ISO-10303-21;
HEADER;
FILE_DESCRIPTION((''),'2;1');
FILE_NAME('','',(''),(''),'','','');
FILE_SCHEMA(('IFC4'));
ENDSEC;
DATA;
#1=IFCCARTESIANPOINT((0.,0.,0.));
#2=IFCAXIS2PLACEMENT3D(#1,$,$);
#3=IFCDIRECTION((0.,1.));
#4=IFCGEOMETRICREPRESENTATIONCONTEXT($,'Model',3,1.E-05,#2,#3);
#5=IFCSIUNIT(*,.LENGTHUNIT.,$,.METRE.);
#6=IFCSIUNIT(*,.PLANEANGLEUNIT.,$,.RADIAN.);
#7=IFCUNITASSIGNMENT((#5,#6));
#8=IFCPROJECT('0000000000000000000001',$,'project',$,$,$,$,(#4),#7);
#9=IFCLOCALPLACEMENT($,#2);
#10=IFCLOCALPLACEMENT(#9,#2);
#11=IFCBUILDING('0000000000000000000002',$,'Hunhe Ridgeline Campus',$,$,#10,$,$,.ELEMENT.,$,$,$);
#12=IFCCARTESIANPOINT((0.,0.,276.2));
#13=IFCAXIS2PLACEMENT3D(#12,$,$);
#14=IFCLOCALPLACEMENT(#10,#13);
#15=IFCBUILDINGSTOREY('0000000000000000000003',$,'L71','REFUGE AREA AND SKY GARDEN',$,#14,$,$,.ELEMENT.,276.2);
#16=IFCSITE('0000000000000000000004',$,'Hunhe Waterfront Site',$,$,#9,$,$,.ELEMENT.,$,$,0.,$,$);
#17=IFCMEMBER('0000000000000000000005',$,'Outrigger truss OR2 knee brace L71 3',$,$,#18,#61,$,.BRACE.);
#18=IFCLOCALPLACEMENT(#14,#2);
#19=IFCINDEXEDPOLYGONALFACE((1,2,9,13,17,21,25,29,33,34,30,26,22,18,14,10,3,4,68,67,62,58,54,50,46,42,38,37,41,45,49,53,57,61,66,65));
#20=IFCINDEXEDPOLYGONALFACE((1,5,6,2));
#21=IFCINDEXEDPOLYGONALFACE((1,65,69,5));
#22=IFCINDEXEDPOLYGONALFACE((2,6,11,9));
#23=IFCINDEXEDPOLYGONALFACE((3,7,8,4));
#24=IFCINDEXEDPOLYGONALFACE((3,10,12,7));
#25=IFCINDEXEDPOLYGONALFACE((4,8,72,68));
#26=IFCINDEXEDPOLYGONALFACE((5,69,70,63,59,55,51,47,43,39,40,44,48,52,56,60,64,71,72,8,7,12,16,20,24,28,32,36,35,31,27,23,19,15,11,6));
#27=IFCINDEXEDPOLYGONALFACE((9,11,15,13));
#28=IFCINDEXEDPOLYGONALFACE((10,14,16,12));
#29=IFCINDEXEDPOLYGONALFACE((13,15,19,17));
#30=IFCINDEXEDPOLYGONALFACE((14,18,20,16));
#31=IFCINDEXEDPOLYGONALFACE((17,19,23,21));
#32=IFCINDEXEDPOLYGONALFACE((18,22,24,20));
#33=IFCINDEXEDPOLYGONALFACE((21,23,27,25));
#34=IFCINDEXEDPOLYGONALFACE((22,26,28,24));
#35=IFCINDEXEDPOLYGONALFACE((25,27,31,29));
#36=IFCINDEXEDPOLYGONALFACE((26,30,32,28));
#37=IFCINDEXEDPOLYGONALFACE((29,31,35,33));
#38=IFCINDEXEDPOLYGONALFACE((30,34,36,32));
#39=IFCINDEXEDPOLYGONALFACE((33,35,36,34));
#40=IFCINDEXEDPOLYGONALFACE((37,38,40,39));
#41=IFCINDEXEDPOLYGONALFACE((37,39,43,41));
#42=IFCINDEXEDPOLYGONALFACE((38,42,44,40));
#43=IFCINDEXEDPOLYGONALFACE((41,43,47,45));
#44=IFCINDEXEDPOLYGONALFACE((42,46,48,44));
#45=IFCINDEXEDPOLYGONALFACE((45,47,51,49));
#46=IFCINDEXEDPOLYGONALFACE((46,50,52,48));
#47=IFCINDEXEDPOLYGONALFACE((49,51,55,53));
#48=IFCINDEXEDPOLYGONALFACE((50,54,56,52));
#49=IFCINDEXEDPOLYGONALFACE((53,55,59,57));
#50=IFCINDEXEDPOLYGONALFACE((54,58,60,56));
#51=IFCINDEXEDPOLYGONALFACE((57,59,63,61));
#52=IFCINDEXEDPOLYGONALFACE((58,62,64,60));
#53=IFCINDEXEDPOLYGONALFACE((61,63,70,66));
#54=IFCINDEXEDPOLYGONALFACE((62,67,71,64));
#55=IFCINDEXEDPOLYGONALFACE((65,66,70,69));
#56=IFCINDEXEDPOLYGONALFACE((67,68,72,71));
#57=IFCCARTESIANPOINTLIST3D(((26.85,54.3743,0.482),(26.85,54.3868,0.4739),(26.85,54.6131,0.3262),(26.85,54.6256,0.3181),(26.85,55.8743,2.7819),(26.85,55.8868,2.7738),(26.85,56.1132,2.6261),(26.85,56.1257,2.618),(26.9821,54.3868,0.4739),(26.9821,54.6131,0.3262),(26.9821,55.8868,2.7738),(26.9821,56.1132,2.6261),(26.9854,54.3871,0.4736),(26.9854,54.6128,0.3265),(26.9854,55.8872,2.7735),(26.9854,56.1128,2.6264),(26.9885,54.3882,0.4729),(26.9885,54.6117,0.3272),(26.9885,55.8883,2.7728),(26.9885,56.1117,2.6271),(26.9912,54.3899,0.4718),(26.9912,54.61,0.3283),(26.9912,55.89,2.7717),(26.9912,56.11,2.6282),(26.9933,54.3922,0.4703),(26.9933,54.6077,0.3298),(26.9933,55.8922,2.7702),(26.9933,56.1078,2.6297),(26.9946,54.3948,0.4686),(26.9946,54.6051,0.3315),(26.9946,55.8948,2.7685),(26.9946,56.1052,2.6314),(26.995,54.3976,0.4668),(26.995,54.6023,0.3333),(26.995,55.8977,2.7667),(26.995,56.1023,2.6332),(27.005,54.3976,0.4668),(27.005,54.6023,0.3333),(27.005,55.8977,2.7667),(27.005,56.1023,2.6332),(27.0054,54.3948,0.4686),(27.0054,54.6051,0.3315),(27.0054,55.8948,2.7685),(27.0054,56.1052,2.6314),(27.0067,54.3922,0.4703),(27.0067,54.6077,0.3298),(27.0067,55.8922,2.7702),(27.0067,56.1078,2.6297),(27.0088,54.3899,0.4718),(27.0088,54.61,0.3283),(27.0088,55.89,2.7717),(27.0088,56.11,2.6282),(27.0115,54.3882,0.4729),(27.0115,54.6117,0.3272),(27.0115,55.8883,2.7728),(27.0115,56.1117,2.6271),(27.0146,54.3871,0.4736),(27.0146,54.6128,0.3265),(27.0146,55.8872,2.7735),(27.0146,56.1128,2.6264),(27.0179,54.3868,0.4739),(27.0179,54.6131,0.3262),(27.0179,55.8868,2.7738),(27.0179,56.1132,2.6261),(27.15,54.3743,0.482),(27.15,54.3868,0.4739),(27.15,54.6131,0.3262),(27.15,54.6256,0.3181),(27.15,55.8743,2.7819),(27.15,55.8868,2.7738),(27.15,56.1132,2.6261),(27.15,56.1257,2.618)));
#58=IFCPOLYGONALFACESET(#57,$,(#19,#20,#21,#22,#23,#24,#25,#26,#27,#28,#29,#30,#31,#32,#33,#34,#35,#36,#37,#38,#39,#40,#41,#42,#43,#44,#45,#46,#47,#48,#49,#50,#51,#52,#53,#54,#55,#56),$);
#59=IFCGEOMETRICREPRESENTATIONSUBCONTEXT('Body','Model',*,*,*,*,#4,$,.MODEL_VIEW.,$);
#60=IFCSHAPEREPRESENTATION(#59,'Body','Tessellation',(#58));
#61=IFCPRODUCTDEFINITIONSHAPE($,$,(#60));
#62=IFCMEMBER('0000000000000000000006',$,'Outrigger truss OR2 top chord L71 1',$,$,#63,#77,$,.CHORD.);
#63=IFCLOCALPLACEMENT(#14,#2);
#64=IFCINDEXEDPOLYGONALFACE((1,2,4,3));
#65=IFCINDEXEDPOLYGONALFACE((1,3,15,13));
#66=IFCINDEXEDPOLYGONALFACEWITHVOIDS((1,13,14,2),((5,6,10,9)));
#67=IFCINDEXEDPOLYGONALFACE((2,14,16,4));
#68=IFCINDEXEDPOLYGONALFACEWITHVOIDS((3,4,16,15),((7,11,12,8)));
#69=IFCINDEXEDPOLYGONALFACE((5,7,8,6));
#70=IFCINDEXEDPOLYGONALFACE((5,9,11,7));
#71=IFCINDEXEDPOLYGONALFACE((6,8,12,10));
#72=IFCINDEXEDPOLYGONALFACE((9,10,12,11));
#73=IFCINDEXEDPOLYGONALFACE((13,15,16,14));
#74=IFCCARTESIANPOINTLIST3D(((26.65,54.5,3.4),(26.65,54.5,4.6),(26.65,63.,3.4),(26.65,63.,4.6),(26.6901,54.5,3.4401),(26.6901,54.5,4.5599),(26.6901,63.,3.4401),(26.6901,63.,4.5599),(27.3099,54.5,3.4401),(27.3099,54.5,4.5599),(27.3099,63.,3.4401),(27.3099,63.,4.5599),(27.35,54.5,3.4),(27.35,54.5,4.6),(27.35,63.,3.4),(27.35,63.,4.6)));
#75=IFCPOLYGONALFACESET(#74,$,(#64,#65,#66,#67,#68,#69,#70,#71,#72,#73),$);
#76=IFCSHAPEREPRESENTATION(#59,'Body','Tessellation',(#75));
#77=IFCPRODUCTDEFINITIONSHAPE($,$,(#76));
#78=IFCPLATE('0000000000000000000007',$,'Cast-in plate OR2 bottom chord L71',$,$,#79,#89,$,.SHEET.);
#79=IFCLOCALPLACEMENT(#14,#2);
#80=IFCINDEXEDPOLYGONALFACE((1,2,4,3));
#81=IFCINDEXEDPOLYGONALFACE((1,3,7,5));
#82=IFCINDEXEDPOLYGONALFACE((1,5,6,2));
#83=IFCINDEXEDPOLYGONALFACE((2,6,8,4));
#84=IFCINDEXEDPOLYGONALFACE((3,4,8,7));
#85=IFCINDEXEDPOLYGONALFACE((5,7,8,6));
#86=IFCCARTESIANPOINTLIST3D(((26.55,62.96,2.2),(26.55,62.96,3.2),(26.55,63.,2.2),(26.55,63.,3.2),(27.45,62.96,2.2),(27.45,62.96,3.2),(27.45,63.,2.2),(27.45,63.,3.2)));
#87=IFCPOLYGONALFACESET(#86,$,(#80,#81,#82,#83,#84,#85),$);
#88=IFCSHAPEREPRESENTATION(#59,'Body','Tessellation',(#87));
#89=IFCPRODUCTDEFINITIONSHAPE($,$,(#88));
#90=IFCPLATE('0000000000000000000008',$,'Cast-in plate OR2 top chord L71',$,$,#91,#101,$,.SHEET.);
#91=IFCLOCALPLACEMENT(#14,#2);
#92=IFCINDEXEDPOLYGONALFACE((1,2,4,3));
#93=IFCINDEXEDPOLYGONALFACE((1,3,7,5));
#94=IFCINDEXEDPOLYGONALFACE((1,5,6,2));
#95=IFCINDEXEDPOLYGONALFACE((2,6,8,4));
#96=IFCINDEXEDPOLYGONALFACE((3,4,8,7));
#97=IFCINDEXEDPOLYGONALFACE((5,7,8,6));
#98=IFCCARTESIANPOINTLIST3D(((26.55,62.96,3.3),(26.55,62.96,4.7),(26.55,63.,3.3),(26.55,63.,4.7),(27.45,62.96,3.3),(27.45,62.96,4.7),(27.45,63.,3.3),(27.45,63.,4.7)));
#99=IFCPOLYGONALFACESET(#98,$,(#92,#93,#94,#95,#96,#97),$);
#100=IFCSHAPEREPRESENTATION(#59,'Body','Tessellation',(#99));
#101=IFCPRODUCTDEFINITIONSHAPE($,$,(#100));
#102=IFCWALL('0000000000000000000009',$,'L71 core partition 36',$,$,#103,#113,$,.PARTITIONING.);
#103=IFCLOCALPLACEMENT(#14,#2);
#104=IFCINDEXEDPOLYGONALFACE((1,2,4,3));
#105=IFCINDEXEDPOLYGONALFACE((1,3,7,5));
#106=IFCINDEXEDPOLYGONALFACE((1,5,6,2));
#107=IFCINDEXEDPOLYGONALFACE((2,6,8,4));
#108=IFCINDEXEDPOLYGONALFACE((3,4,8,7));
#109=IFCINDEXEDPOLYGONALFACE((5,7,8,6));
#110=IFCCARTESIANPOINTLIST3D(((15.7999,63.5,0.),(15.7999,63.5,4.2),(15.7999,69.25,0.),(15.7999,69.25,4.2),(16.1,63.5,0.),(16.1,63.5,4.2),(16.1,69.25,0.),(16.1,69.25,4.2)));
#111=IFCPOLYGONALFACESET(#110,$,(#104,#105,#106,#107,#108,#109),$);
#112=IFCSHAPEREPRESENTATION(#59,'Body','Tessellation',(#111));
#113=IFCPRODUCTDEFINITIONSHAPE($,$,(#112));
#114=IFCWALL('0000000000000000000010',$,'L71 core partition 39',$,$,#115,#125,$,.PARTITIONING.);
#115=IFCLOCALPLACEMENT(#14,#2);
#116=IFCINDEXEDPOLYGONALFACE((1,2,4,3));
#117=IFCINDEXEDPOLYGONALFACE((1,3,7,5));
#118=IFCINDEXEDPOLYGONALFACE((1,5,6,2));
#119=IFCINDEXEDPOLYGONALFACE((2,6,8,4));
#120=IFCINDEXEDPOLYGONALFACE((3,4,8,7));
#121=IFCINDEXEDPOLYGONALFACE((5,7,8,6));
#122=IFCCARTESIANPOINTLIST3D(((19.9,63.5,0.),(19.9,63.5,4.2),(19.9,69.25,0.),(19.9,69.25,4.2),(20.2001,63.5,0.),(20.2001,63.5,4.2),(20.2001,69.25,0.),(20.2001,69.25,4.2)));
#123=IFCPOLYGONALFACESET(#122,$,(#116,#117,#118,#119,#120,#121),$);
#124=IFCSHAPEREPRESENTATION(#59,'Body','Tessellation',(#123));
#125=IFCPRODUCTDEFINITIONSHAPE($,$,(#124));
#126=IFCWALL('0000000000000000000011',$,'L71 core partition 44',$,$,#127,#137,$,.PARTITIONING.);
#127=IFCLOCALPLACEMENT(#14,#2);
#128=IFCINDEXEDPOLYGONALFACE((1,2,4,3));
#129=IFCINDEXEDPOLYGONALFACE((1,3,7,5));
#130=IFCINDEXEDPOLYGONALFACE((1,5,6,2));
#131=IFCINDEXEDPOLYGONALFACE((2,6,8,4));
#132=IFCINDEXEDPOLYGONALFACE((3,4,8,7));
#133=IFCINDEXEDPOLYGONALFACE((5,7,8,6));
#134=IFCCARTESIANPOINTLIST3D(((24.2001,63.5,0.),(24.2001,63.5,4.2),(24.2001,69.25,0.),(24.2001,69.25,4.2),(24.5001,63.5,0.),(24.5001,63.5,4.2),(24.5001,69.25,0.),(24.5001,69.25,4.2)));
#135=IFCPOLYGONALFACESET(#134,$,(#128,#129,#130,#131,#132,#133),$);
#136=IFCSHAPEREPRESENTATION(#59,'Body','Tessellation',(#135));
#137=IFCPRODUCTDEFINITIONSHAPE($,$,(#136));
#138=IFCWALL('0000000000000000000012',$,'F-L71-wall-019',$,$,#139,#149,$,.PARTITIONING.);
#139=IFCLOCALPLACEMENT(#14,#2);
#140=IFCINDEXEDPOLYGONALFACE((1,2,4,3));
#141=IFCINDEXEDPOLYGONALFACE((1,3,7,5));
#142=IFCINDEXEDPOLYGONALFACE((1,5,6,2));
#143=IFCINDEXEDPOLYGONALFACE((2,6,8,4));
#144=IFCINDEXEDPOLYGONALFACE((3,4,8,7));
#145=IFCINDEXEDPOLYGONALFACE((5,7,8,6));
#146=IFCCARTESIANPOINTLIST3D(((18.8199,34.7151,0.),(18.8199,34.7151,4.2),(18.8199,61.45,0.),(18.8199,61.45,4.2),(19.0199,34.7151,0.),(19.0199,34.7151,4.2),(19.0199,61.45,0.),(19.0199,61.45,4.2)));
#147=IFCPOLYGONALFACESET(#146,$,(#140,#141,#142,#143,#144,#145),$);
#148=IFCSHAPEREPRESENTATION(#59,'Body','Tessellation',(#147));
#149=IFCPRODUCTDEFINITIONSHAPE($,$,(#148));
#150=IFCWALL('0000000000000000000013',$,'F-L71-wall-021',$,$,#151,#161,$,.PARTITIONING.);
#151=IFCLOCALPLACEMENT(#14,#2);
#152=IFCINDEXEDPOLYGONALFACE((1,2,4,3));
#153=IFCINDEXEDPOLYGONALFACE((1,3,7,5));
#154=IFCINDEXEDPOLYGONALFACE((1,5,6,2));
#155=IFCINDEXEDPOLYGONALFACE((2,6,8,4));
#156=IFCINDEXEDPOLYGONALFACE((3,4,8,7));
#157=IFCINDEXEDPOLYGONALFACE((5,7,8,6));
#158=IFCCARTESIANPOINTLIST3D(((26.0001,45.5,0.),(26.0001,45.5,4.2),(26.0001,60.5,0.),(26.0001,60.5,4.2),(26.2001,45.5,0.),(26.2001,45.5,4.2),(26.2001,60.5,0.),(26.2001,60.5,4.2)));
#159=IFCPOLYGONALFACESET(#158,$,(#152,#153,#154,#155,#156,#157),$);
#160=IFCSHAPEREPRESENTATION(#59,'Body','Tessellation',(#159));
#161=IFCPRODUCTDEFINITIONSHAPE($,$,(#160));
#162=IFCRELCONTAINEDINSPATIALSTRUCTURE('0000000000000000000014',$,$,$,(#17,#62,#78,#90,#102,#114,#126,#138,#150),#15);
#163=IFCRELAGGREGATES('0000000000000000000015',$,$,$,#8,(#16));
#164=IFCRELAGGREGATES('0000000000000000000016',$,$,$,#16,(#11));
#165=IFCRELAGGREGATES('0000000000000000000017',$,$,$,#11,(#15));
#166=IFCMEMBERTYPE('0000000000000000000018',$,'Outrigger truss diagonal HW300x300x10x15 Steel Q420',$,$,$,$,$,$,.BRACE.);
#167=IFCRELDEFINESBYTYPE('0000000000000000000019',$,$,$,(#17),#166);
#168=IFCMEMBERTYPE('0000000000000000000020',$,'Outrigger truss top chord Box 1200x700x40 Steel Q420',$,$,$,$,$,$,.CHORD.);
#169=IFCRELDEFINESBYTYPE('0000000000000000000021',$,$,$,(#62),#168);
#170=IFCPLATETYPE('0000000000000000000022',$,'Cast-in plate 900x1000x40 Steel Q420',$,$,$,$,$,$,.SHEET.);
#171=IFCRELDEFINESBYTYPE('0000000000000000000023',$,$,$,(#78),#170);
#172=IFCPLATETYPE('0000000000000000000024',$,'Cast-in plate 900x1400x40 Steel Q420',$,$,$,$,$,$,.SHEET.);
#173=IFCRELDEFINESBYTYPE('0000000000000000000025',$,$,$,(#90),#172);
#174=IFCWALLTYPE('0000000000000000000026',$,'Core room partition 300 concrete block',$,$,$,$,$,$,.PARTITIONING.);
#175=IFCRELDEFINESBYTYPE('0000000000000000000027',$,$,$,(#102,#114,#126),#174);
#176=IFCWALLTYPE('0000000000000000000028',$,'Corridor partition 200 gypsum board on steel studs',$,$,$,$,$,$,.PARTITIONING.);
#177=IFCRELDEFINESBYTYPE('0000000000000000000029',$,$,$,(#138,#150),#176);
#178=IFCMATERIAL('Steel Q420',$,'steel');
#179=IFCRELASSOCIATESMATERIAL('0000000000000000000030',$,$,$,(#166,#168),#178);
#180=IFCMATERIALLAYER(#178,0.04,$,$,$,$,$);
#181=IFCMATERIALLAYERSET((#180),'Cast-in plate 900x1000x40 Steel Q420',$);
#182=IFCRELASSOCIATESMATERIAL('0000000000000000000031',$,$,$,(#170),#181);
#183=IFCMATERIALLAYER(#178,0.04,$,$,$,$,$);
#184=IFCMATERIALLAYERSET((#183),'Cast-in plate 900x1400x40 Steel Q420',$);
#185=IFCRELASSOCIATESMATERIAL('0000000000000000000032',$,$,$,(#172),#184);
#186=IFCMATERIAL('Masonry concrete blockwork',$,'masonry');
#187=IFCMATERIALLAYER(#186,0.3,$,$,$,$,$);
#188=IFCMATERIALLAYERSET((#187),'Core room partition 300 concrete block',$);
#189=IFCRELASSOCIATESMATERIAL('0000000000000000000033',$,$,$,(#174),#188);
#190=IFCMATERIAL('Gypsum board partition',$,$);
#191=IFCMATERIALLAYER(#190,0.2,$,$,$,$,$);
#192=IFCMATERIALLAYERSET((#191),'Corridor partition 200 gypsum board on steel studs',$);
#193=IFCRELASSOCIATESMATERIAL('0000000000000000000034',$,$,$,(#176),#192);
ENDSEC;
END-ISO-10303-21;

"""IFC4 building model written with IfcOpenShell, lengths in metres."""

from ifc_helpers import new_model, si_unit, direction, frame, frame_2d, origin, origin_2d, place, context, subcontext, project, spatial, rectangle, hollow_rectangle, i_section, extrude, material, layer, layer_set, material_profile, profile_set, type_object, element, save


model = new_model("IFC4")

# Units and contexts
model_context = context("Model", 3, precision=1e-05, world=origin(), true_north=direction((0.0, 1.0)))
body_context = subcontext(model_context, "Body", "Model", "MODEL_VIEW")
ifc_project = project(units=[si_unit("LENGTHUNIT", "METRE"), si_unit("PLANEANGLEUNIT", "RADIAN")], contexts=[model_context])

# Site, building, storey
site_placement = place(None, origin())
site = spatial("IfcSite", under=ifc_project, at=site_placement, Name="Hunhe Waterfront Site", CompositionType="ELEMENT", RefElevation=0.0)
building_placement = place(site_placement, origin())
building = spatial("IfcBuilding", under=site, at=building_placement, Name="Hunhe Ridgeline Campus", CompositionType="ELEMENT")
storey_placement = place(building_placement, frame((0.0, 0.0, 276.2)))
storey = spatial("IfcBuildingStorey", under=building, at=storey_placement, Name="L71", Description="REFUGE AREA AND SKY GARDEN", CompositionType="ELEMENT", Elevation=276.2)

# Members
ifc_material_1 = material(Name="Steel Q420", Category="steel")
ifc_material_profile_1 = material_profile(ifc_material_1, i_section(OverallWidth=0.3, OverallDepth=0.3, WebThickness=0.01, FlangeThickness=0.0149, FilletRadius=0.0129, at=origin_2d()))
ifc_profile_set_1 = profile_set([ifc_material_profile_1], Name="Steel Q420")
member_type_1 = type_object("IfcMemberType", Name="Outrigger truss diagonal HW300x300x10x15 Steel Q420", PredefinedType="BRACE", material=ifc_profile_set_1)
member_1_placement = place(storey_placement, frame((27.0, 56.0, 2.7), z_axis=(0.0, -0.5463, -0.837589), x_axis=(1.0, 0.0, 0.0)))
element("IfcMember", 1, at=member_1_placement, inside=storey, type_object=member_type_1, Name="Outrigger truss OR2 knee brace L71 3", PredefinedType="BRACE", context=body_context, shape_type="SweptSolid", body=[
    extrude(i_section(OverallWidth=0.3, OverallDepth=0.3, WebThickness=0.01, FlangeThickness=0.0149, FilletRadius=0.0129, at=origin_2d()), origin(), (0.0, 0.0, 1.0), 2.7458),
])
ifc_material_profile_2 = material_profile(ifc_material_1, hollow_rectangle(XDim=0.7, YDim=1.2, WallThickness=0.04, at=origin_2d()))
ifc_profile_set_2 = profile_set([ifc_material_profile_2], Name="Steel Q420")
member_type_2 = type_object("IfcMemberType", Name="Outrigger truss top chord Box 1200x700x40 Steel Q420", PredefinedType="CHORD", material=ifc_profile_set_2)
member_2_placement = place(storey_placement, frame((27.0, 63.0, 4.0), z_axis=(0.0, -1.0, 0.0), x_axis=(1.0, 0.0, 0.0)))
element("IfcMember", 2, at=member_2_placement, inside=storey, type_object=member_type_2, Name="Outrigger truss OR2 top chord L71 1", PredefinedType="CHORD", context=body_context, shape_type="SweptSolid", body=[
    extrude(hollow_rectangle(XDim=0.7, YDim=1.2, WallThickness=0.04, at=origin_2d()), origin(), (0.0, 0.0, 1.0), 8.5),
])

# Plates
ifc_layer_1 = layer(ifc_material_1, 0.04)
ifc_layer_set_1 = layer_set([ifc_layer_1], Name="Cast-in plate 900x1000x40 Steel Q420")
plate_type_1 = type_object("IfcPlateType", Name="Cast-in plate 900x1000x40 Steel Q420", PredefinedType="SHEET", material=ifc_layer_set_1)
plate_1_placement = place(storey_placement, frame((27.0, 62.98, 2.2), z_axis=(0.0, 0.0, 1.0), x_axis=(0.0, -1.0, 0.0)))
element("IfcPlate", 3, at=plate_1_placement, inside=storey, type_object=plate_type_1, Name="Cast-in plate OR2 bottom chord L71", PredefinedType="SHEET", context=body_context, shape_type="SweptSolid", body=[
    extrude(rectangle(XDim=0.04, YDim=0.8999, at=origin_2d()), origin(), (0.0, 0.0, 1.0), 1.0),
])
ifc_layer_2 = layer(ifc_material_1, 0.04)
ifc_layer_set_2 = layer_set([ifc_layer_2], Name="Cast-in plate 900x1400x40 Steel Q420")
plate_type_2 = type_object("IfcPlateType", Name="Cast-in plate 900x1400x40 Steel Q420", PredefinedType="SHEET", material=ifc_layer_set_2)
plate_2_placement = place(storey_placement, frame((27.0, 62.98, 3.3), z_axis=(0.0, 0.0, 1.0), x_axis=(0.0, -1.0, 0.0)))
element("IfcPlate", 4, at=plate_2_placement, inside=storey, type_object=plate_type_2, Name="Cast-in plate OR2 top chord L71", PredefinedType="SHEET", context=body_context, shape_type="SweptSolid", body=[
    extrude(rectangle(XDim=0.04, YDim=0.8999, at=origin_2d()), origin(), (0.0, 0.0, 1.0), 1.3999),
])

# Shared definitions
ifc_material_2 = material(Name="Masonry concrete blockwork", Category="masonry")
ifc_layer_3 = layer(ifc_material_2, 0.3)
ifc_layer_set_3 = layer_set([ifc_layer_3], Name="Core room partition 300 concrete block")
wall_type_1 = type_object("IfcWallType", Name="Core room partition 300 concrete block", PredefinedType="PARTITIONING", material=ifc_layer_set_3)

# Walls
for number, where, z_axis, x_axis, name in (
    (5, (15.95, 63.5, 0.0), (0.0, 0.0, 1.0), (0.0, 1.0, 0.0), "L71 core partition 36"),
    (6, (20.05, 63.5, 0.0), (0.0, 0.0, 1.0), (0.0, 1.0, 0.0), "L71 core partition 39"),
    (7, (24.3501, 63.5, 0.0), (0.0, 0.0, 1.0), (0.0, 1.0, 0.0), "L71 core partition 44"),
):
    element("IfcWall", number, at=place(storey_placement, frame(where, z_axis=z_axis, x_axis=x_axis)), inside=storey, type_object=wall_type_1, Name=name, PredefinedType="PARTITIONING", context=body_context, shape_type="SweptSolid", body=[
        extrude(rectangle(XDim=5.75, YDim=0.3, at=frame_2d((2.875, 0.0))), origin(), (0.0, 0.0, 1.0), 4.2),
    ])

# Shared definitions
ifc_material_3 = material(Name="Gypsum board partition")
ifc_layer_4 = layer(ifc_material_3, 0.2)
ifc_layer_set_4 = layer_set([ifc_layer_4], Name="Corridor partition 200 gypsum board on steel studs")
wall_type_2 = type_object("IfcWallType", Name="Corridor partition 200 gypsum board on steel studs", PredefinedType="PARTITIONING", material=ifc_layer_set_4)

# Walls
wall_1_placement = place(storey_placement, frame((18.9199, 61.45, 0.0), z_axis=(0.0, 0.0, 1.0), x_axis=(0.0, -1.0, 0.0)))
element("IfcWall", 8, at=wall_1_placement, inside=storey, type_object=wall_type_2, Name="F-L71-wall-019", PredefinedType="PARTITIONING", context=body_context, shape_type="SweptSolid", body=[
    extrude(rectangle(XDim=26.7349, YDim=0.2, at=frame_2d((13.3674, 0.0))), origin(), (0.0, 0.0, 1.0), 4.2),
])
wall_2_placement = place(storey_placement, frame((26.1001, 60.5, 0.0), z_axis=(0.0, 0.0, 1.0), x_axis=(0.0, -1.0, 0.0)))
element("IfcWall", 9, at=wall_2_placement, inside=storey, type_object=wall_type_2, Name="F-L71-wall-021", PredefinedType="PARTITIONING", context=body_context, shape_type="SweptSolid", body=[
    extrude(rectangle(XDim=15.0, YDim=0.2, at=frame_2d((7.5, 0.0))), origin(), (0.0, 0.0, 1.0), 4.2),
])

save(model, "model.ifc")
